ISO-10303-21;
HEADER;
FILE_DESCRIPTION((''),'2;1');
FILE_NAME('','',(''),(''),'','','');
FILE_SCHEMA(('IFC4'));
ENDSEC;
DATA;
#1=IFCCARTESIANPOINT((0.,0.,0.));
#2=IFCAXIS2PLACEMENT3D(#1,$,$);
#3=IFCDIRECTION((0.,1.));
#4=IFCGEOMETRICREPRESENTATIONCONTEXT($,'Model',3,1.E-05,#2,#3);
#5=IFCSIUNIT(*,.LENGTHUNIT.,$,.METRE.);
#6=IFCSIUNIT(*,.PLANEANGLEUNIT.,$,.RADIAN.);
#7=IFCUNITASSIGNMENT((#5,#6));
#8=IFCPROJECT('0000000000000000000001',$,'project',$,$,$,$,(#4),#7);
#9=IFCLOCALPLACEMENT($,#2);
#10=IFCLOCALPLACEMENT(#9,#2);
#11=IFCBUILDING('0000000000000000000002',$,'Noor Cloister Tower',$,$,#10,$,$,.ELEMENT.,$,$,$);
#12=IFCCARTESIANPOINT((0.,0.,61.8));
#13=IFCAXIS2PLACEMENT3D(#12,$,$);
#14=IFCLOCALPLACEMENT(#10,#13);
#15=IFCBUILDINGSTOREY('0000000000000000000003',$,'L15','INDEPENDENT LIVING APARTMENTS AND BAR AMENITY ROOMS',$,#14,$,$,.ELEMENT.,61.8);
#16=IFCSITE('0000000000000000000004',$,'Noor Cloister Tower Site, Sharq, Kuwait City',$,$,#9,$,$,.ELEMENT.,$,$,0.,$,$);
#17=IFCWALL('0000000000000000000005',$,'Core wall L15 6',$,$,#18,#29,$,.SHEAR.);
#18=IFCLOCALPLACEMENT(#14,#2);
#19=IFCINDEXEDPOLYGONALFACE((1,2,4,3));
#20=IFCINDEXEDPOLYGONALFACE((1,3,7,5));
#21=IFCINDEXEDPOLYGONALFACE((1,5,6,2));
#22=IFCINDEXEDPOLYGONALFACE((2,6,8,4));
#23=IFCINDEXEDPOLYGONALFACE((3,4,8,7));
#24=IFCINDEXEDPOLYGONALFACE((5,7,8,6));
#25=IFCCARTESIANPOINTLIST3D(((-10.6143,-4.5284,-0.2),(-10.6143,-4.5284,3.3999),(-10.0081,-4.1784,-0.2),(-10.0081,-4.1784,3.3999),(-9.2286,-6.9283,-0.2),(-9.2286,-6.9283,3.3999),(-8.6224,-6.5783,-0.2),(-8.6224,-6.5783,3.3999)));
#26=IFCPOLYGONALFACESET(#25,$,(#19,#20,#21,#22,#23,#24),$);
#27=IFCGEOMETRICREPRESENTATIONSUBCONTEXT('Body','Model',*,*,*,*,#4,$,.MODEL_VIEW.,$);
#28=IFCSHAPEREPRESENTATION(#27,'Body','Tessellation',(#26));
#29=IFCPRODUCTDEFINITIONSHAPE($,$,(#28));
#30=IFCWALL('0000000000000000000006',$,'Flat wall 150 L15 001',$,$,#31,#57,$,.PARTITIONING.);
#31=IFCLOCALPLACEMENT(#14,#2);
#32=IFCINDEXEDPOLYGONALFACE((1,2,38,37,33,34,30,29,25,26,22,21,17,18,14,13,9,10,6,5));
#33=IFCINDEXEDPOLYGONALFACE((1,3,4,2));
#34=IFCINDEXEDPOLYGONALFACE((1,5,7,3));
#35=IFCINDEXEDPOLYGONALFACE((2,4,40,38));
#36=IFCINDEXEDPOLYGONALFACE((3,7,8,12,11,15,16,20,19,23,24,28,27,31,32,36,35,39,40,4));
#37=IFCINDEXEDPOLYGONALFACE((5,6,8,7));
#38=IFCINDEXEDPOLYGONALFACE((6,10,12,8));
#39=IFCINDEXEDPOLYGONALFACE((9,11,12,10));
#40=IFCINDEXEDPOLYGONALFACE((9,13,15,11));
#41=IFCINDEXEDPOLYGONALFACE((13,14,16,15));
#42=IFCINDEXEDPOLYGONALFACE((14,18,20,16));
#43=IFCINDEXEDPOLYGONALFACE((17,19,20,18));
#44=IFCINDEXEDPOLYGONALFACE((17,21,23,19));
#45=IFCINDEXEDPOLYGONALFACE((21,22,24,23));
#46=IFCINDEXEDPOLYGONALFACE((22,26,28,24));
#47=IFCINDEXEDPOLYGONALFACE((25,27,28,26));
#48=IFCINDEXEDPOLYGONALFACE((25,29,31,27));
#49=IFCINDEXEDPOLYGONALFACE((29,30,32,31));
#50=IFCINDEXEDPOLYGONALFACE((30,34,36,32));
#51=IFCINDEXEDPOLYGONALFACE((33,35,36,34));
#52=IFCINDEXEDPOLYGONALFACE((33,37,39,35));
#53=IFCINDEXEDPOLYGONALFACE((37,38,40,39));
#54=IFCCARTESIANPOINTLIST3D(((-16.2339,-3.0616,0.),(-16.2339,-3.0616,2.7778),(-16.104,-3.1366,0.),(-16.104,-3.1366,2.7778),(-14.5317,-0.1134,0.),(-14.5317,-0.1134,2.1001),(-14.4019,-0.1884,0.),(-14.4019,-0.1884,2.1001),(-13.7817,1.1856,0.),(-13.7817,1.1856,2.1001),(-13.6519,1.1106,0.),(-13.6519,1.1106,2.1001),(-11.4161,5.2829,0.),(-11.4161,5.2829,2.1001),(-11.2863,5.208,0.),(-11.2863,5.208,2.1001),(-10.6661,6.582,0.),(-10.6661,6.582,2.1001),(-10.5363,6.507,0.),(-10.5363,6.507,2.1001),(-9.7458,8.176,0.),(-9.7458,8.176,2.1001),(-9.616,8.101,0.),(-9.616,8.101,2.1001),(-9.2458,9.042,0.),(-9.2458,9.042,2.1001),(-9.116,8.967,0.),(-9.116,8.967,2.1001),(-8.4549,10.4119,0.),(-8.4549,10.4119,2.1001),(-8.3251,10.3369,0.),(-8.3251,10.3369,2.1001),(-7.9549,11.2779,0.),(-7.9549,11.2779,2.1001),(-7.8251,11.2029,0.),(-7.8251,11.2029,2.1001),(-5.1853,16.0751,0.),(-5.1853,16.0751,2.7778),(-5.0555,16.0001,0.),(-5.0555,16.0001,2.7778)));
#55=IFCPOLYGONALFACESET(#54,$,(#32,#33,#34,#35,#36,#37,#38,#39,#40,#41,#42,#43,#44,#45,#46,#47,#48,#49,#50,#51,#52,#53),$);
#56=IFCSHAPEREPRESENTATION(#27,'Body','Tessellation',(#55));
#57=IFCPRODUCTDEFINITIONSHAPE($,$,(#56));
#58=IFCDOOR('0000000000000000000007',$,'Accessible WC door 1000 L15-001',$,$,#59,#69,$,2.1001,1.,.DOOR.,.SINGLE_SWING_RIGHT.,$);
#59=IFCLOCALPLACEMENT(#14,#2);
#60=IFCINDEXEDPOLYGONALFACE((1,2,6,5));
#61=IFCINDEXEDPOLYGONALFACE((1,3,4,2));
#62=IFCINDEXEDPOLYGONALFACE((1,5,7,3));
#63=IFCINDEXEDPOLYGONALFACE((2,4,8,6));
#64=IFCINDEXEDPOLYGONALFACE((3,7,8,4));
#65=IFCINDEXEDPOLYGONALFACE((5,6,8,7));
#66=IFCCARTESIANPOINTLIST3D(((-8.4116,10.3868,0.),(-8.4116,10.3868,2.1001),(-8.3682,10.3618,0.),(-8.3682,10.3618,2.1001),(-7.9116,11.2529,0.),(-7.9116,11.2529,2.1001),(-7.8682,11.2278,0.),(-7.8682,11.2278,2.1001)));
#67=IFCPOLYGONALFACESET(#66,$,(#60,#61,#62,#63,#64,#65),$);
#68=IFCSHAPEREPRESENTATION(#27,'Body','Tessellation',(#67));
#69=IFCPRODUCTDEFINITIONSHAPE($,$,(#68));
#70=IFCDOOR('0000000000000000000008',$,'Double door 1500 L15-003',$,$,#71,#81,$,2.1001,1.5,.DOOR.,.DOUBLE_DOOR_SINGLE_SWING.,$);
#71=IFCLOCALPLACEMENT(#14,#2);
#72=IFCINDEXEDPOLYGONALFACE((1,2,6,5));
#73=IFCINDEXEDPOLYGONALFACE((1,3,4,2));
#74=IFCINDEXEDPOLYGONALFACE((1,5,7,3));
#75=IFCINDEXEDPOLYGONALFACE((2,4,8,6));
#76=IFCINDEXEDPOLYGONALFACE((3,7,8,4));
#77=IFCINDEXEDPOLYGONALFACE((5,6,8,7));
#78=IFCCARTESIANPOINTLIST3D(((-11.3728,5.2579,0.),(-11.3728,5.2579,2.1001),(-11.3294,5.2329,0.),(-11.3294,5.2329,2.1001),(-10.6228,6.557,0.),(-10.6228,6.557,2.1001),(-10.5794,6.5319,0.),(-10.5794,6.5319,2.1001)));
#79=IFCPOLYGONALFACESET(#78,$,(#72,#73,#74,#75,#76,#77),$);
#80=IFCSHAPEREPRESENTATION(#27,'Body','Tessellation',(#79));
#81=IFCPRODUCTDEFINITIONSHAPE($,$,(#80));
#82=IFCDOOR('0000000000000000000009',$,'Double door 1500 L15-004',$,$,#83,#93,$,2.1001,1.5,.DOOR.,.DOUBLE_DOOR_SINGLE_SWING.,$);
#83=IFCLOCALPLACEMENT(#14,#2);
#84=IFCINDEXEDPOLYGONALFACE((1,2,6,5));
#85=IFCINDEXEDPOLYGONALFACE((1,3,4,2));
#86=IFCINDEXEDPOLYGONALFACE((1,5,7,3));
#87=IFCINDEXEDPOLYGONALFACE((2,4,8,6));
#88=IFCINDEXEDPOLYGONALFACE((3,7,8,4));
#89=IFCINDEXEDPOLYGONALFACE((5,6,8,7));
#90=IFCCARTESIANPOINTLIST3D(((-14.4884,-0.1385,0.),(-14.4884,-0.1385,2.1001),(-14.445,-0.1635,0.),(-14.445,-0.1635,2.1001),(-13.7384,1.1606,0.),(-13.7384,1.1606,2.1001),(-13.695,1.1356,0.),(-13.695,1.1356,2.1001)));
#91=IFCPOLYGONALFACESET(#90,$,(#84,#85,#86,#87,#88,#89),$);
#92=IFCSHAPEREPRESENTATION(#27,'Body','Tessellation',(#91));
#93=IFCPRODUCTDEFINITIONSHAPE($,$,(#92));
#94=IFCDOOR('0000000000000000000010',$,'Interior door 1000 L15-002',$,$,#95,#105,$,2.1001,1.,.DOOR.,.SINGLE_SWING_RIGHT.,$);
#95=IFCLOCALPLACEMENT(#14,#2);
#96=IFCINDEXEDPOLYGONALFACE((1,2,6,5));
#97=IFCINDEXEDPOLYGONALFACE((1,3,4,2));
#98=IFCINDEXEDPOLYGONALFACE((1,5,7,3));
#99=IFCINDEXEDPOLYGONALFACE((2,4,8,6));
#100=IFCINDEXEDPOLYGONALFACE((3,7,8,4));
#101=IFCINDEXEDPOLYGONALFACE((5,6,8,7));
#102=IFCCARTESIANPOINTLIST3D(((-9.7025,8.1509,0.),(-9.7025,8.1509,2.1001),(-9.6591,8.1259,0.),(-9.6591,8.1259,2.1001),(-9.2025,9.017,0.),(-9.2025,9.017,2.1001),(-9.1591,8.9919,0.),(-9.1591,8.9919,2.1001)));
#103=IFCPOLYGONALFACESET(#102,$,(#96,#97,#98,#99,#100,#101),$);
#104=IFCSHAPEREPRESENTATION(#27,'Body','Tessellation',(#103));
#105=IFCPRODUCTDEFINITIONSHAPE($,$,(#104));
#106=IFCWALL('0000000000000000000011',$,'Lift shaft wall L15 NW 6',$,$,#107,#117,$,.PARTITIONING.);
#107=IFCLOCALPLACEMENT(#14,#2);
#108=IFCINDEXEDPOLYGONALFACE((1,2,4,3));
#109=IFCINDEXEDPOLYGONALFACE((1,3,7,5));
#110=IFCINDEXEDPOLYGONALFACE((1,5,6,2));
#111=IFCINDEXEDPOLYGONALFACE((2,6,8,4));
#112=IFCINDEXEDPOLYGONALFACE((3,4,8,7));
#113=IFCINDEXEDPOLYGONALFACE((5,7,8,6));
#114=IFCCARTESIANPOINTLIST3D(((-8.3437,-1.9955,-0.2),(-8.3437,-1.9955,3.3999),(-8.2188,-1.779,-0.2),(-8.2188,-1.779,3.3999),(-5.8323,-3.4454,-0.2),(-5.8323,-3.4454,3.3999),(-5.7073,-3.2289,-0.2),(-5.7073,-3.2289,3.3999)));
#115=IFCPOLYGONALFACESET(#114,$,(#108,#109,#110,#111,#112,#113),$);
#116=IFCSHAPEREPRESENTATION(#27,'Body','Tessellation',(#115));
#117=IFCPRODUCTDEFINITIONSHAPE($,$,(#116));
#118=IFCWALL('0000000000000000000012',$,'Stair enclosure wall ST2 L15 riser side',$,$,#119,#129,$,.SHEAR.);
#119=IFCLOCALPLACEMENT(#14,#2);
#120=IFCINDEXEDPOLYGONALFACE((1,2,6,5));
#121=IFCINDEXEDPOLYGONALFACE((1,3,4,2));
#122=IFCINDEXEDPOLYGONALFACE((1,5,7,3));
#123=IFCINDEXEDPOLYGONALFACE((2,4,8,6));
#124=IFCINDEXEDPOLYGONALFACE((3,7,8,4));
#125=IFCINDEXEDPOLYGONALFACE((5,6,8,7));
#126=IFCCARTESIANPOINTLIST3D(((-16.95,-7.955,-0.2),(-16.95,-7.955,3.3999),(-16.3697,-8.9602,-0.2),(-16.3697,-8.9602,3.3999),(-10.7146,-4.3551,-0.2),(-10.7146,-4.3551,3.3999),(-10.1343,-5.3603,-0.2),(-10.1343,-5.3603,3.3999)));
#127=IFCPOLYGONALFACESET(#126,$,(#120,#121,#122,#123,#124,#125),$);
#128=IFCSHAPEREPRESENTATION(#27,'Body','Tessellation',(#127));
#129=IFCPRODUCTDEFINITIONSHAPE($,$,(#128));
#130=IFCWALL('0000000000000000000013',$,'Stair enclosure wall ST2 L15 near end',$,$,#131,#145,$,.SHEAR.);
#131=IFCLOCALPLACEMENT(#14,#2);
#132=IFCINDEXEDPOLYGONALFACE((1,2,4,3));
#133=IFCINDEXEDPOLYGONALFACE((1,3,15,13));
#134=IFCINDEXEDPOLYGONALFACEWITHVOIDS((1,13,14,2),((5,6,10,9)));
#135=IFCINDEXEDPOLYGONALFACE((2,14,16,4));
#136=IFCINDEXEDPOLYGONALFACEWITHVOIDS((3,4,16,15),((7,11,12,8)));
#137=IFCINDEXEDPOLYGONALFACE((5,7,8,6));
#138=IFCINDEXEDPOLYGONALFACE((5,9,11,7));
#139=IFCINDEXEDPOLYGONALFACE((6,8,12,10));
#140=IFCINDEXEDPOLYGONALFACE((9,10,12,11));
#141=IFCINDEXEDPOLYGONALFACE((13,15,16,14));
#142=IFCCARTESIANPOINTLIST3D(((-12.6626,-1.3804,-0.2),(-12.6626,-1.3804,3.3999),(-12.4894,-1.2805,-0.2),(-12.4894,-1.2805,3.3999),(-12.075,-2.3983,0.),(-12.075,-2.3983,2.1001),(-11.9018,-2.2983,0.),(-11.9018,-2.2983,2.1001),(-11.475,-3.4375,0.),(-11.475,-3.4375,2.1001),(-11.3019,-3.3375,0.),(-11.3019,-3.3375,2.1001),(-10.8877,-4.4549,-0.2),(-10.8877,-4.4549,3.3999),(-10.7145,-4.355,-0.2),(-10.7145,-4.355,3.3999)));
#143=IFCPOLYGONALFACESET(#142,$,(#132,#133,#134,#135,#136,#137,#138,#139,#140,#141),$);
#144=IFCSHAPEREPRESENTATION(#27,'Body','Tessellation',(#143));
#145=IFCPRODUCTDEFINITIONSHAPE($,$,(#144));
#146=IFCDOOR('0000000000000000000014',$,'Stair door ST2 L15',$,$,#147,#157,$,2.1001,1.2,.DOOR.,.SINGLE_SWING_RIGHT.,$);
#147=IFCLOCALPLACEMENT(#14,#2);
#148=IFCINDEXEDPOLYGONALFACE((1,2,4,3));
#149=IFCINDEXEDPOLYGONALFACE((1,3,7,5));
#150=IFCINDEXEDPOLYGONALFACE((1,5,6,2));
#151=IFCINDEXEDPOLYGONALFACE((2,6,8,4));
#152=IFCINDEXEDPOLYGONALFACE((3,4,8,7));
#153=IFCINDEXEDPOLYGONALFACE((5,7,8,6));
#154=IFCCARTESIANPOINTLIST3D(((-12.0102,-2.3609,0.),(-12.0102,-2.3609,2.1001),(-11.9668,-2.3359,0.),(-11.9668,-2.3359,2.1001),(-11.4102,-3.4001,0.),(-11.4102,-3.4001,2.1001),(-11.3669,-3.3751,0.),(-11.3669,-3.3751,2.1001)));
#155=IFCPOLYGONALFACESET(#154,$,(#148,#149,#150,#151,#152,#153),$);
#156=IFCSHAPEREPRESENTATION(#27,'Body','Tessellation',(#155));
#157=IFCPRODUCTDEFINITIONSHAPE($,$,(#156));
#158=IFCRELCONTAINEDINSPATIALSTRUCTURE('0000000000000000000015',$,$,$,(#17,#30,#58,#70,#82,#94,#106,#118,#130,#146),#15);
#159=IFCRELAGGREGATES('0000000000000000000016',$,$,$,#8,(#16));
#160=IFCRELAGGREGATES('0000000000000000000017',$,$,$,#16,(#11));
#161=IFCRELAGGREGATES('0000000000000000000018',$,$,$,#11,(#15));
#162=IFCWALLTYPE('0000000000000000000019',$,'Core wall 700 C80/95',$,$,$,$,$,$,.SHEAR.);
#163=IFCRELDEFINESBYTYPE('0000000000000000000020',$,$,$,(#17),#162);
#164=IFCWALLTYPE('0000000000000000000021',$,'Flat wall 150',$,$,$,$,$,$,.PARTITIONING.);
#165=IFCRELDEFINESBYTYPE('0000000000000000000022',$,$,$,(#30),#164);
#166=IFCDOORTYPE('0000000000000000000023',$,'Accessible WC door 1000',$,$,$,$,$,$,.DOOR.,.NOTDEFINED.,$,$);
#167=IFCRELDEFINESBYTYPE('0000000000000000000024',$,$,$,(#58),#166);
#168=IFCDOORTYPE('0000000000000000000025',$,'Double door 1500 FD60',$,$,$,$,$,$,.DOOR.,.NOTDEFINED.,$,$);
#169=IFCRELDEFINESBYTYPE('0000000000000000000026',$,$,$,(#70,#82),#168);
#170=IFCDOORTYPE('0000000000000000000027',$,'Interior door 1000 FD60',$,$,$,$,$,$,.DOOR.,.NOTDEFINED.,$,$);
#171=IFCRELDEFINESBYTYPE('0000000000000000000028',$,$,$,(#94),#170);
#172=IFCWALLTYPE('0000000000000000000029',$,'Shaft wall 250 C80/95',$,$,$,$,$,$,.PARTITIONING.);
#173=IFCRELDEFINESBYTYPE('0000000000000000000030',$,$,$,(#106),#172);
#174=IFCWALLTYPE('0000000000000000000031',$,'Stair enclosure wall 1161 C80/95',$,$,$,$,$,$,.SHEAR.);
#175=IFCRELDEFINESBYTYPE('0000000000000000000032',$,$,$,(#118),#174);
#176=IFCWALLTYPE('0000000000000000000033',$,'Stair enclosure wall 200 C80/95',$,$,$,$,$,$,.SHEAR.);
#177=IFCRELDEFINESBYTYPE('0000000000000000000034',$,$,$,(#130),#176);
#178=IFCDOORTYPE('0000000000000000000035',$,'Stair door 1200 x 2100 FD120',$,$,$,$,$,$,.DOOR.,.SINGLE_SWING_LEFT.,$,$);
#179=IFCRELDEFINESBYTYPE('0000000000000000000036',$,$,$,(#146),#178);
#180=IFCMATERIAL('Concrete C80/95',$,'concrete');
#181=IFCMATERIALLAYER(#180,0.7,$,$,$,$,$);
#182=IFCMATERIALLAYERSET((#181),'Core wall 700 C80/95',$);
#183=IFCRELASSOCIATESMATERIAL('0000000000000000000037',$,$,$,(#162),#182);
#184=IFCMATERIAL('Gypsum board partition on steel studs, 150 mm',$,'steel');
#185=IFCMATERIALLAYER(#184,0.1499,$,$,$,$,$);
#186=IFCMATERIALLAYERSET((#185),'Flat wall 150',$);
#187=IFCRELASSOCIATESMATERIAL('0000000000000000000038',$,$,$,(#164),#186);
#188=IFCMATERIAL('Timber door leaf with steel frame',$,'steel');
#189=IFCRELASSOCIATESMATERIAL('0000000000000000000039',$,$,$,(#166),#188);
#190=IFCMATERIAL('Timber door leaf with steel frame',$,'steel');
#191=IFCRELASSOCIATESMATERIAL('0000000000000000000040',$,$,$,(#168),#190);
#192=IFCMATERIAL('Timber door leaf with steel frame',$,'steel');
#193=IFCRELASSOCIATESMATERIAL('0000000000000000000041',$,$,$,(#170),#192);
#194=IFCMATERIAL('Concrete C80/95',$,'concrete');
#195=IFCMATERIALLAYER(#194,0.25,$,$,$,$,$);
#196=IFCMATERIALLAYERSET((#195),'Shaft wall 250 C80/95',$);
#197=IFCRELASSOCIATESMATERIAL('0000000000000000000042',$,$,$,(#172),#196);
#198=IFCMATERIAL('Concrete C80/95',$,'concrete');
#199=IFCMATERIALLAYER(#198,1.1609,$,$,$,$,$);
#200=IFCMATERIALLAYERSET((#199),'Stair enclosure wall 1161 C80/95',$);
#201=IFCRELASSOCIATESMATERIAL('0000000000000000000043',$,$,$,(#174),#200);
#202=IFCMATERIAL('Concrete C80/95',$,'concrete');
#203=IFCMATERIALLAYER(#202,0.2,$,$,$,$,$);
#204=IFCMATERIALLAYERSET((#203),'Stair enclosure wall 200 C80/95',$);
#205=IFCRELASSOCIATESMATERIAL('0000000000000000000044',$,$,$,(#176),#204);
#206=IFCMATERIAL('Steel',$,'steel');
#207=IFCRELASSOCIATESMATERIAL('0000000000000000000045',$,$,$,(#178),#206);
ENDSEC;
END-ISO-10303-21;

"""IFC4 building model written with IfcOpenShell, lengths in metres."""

from ifc_helpers import new_model, si_unit, direction, frame, frame_2d, origin, place, context, subcontext, project, spatial, rectangle, extrude, material, layer, layer_set, type_object, element, fill, save


model = new_model("IFC4")

# Units and contexts
model_context = context("Model", 3, precision=1e-05, world=origin(), true_north=direction((0.0, 1.0)))
body_context = subcontext(model_context, "Body", "Model", "MODEL_VIEW")
ifc_project = project(units=[si_unit("LENGTHUNIT", "METRE"), si_unit("PLANEANGLEUNIT", "RADIAN")], contexts=[model_context])

# Site, building, storey
site_placement = place(None, origin())
site = spatial("IfcSite", under=ifc_project, at=site_placement, Name="Noor Cloister Tower Site, Sharq, Kuwait City", CompositionType="ELEMENT", RefElevation=0.0)
building_placement = place(site_placement, origin())
building = spatial("IfcBuilding", under=site, at=building_placement, Name="Noor Cloister Tower", CompositionType="ELEMENT")
storey_placement = place(building_placement, frame((0.0, 0.0, 61.8)))
storey = spatial("IfcBuildingStorey", under=building, at=storey_placement, Name="L15", Description="INDEPENDENT LIVING APARTMENTS AND BAR AMENITY ROOMS", CompositionType="ELEMENT", Elevation=61.8)

# Wall
ifc_material_1 = material(Name="Concrete C80/95", Category="concrete")
ifc_layer_1 = layer(ifc_material_1, 0.7)
ifc_layer_set_1 = layer_set([ifc_layer_1], Name="Core wall 700 C80/95")
wall_type_1 = type_object("IfcWallType", Name="Core wall 700 C80/95", PredefinedType="SHEAR", material=ifc_layer_set_1)
wall_1_placement = place(storey_placement, frame((-10.3113, -4.3533, -0.2), z_axis=(0.0, 0.0, 1.0), x_axis=(0.500043, -0.866001, 0.0)))
element("IfcWall", 1, at=wall_1_placement, inside=storey, type_object=wall_type_1, Name="Core wall L15 6", PredefinedType="SHEAR", context=body_context, shape_type="SweptSolid", body=[
    extrude(rectangle(XDim=2.7712, YDim=0.7, at=frame_2d((1.3857, 0.0))), origin(), (0.0, 0.0, 1.0), 3.5999),
])

# Wall, openings, doors
ifc_material_2 = material(Name="Gypsum board partition on steel studs, 150 mm", Category="steel")
ifc_layer_2 = layer(ifc_material_2, 0.1499)
ifc_layer_set_2 = layer_set([ifc_layer_2], Name="Flat wall 150")
wall_type_2 = type_object("IfcWallType", Name="Flat wall 150", PredefinedType="PARTITIONING", material=ifc_layer_set_2)
wall_2_placement = place(storey_placement, frame((-16.1689, -3.0991, 0.0), z_axis=(0.0, 0.0, 1.0), x_axis=(0.5, 0.866026, 0.0)))
wall_2 = element("IfcWall", 2, at=wall_2_placement, inside=storey, type_object=wall_type_2, Name="Flat wall 150 L15 001", PredefinedType="PARTITIONING", context=body_context, shape_type="SweptSolid", body=[
    extrude(rectangle(XDim=22.0972, YDim=0.1499, at=frame_2d((11.0486, 0.0))), origin(), (0.0, 0.0, 1.0), 2.7778),
])
opening_1_placement = place(wall_2_placement, frame((15.5579, 0.0, 0.0)))
opening_1 = element("IfcOpeningElement", 3, at=opening_1_placement, cuts=wall_2, PredefinedType="OPENING", context=body_context, shape_type="SweptSolid", body=[
    extrude(rectangle(XDim=1.0, YDim=2.1001, at=frame_2d((0.5, 1.05))), frame((0.0, 0.085, 0.0), z_axis=(0.0, -1.0, 0.0), x_axis=(1.0, 0.0, 0.0)), (0.0, 0.0, 1.0), 0.1699),
])
opening_2_placement = place(wall_2_placement, frame((12.9761, 0.0, 0.0)))
opening_2 = element("IfcOpeningElement", 4, at=opening_2_placement, cuts=wall_2, PredefinedType="OPENING", context=body_context, shape_type="SweptSolid", body=[
    extrude(rectangle(XDim=1.0, YDim=2.1001, at=frame_2d((0.5, 1.05))), frame((0.0, 0.085, 0.0), z_axis=(0.0, -1.0, 0.0), x_axis=(1.0, 0.0, 0.0)), (0.0, 0.0, 1.0), 0.1699),
])
opening_3_placement = place(wall_2_placement, frame((9.6355, 0.0, 0.0)))
opening_3 = element("IfcOpeningElement", 5, at=opening_3_placement, cuts=wall_2, PredefinedType="OPENING", context=body_context, shape_type="SweptSolid", body=[
    extrude(rectangle(XDim=1.5, YDim=2.1001, at=frame_2d((0.75, 1.05))), frame((0.0, 0.085, 0.0), z_axis=(0.0, -1.0, 0.0), x_axis=(1.0, 0.0, 0.0)), (0.0, 0.0, 1.0), 0.1699),
])
opening_4_placement = place(wall_2_placement, frame((3.4043, 0.0, 0.0)))
opening_4 = element("IfcOpeningElement", 6, at=opening_4_placement, cuts=wall_2, PredefinedType="OPENING", context=body_context, shape_type="SweptSolid", body=[
    extrude(rectangle(XDim=1.5, YDim=2.1001, at=frame_2d((0.75, 1.05))), frame((0.0, 0.085, 0.0), z_axis=(0.0, -1.0, 0.0), x_axis=(1.0, 0.0, 0.0)), (0.0, 0.0, 1.0), 0.1699),
])
ifc_material_3 = material(Name="Timber door leaf with steel frame", Category="steel")
door_type_1 = type_object("IfcDoorType", Name="Accessible WC door 1000", OperationType="NOTDEFINED", PredefinedType="DOOR", material=ifc_material_3)
door_1_placement = place(opening_1_placement, origin())
door_1 = element("IfcDoor", 7, at=door_1_placement, inside=storey, type_object=door_type_1, Name="Accessible WC door 1000 L15-001", OperationType="SINGLE_SWING_RIGHT", OverallHeight=2.1001, OverallWidth=1.0, PredefinedType="DOOR", context=body_context, shape_type="SweptSolid", body=[
    extrude(rectangle(XDim=1.0, YDim=2.1001, at=frame_2d((0.5, 1.05))), frame((0.0, 0.0249, 0.0), z_axis=(0.0, -1.0, 0.0), x_axis=(1.0, 0.0, 0.0)), (0.0, 0.0, 1.0), 0.05),
])
fill(opening_1, door_1)
ifc_material_4 = material(Name="Timber door leaf with steel frame", Category="steel")
door_type_2 = type_object("IfcDoorType", Name="Double door 1500 FD60", OperationType="NOTDEFINED", PredefinedType="DOOR", material=ifc_material_4)
door_2_placement = place(opening_3_placement, origin())
door_2 = element("IfcDoor", 8, at=door_2_placement, inside=storey, type_object=door_type_2, Name="Double door 1500 L15-003", OperationType="DOUBLE_DOOR_SINGLE_SWING", OverallHeight=2.1001, OverallWidth=1.5, PredefinedType="DOOR", context=body_context, shape_type="SweptSolid", body=[
    extrude(rectangle(XDim=1.5, YDim=2.1001, at=frame_2d((0.75, 1.05))), frame((0.0, 0.0249, 0.0), z_axis=(0.0, -1.0, 0.0), x_axis=(1.0, 0.0, 0.0)), (0.0, 0.0, 1.0), 0.05),
])
fill(opening_3, door_2)
door_3_placement = place(opening_4_placement, origin())
door_3 = element("IfcDoor", 9, at=door_3_placement, inside=storey, type_object=door_type_2, Name="Double door 1500 L15-004", OperationType="DOUBLE_DOOR_SINGLE_SWING", OverallHeight=2.1001, OverallWidth=1.5, PredefinedType="DOOR", context=body_context, shape_type="SweptSolid", body=[
    extrude(rectangle(XDim=1.5, YDim=2.1001, at=frame_2d((0.75, 1.05))), frame((0.0, 0.0249, 0.0), z_axis=(0.0, -1.0, 0.0), x_axis=(1.0, 0.0, 0.0)), (0.0, 0.0, 1.0), 0.05),
])
fill(opening_4, door_3)
ifc_material_5 = material(Name="Timber door leaf with steel frame", Category="steel")
door_type_3 = type_object("IfcDoorType", Name="Interior door 1000 FD60", OperationType="NOTDEFINED", PredefinedType="DOOR", material=ifc_material_5)
door_4_placement = place(opening_2_placement, origin())
door_4 = element("IfcDoor", 10, at=door_4_placement, inside=storey, type_object=door_type_3, Name="Interior door 1000 L15-002", OperationType="SINGLE_SWING_RIGHT", OverallHeight=2.1001, OverallWidth=1.0, PredefinedType="DOOR", context=body_context, shape_type="SweptSolid", body=[
    extrude(rectangle(XDim=1.0, YDim=2.1001, at=frame_2d((0.5, 1.05))), frame((0.0, 0.0249, 0.0), z_axis=(0.0, -1.0, 0.0), x_axis=(1.0, 0.0, 0.0)), (0.0, 0.0, 1.0), 0.05),
])
fill(opening_2, door_4)

# Walls
ifc_material_6 = material(Name="Concrete C80/95", Category="concrete")
ifc_layer_3 = layer(ifc_material_6, 0.25)
ifc_layer_set_3 = layer_set([ifc_layer_3], Name="Shaft wall 250 C80/95")
wall_type_3 = type_object("IfcWallType", Name="Shaft wall 250 C80/95", PredefinedType="PARTITIONING", material=ifc_layer_set_3)
wall_3_placement = place(storey_placement, frame((-8.2812, -1.8872, -0.2), z_axis=(0.0, 0.0, 1.0), x_axis=(0.866033, -0.499987, 0.0)))
element("IfcWall", 11, at=wall_3_placement, inside=storey, type_object=wall_type_3, Name="Lift shaft wall L15 NW 6", PredefinedType="PARTITIONING", context=body_context, shape_type="SweptSolid", body=[
    extrude(rectangle(XDim=2.8999, YDim=0.25, at=frame_2d((1.45, 0.0))), origin(), (0.0, 0.0, 1.0), 3.5999),
])
ifc_material_7 = material(Name="Concrete C80/95", Category="concrete")
ifc_layer_4 = layer(ifc_material_7, 1.1609)
ifc_layer_set_4 = layer_set([ifc_layer_4], Name="Stair enclosure wall 1161 C80/95")
wall_type_4 = type_object("IfcWallType", Name="Stair enclosure wall 1161 C80/95", PredefinedType="SHEAR", material=ifc_layer_set_4)
wall_4_placement = place(storey_placement, frame((-10.4243, -4.8577, -0.2), z_axis=(0.0, 0.0, 1.0), x_axis=(-0.866033, -0.499987, 0.0)))
element("IfcWall", 12, at=wall_4_placement, inside=storey, type_object=wall_type_4, Name="Stair enclosure wall ST2 L15 riser side", PredefinedType="SHEAR", context=body_context, shape_type="SweptSolid", body=[
    extrude(rectangle(XDim=7.2, YDim=1.1606, at=frame_2d((3.6001, 0.0))), origin(), (0.0, 0.0, 1.0), 3.5999),
])

# Wall, opening, door
ifc_material_8 = material(Name="Concrete C80/95", Category="concrete")
ifc_layer_5 = layer(ifc_material_8, 0.2)
ifc_layer_set_5 = layer_set([ifc_layer_5], Name="Stair enclosure wall 200 C80/95")
wall_type_5 = type_object("IfcWallType", Name="Stair enclosure wall 200 C80/95", PredefinedType="SHEAR", material=ifc_layer_set_5)
wall_5_placement = place(storey_placement, frame((-12.5759, -1.3306, -0.2), z_axis=(0.0, 0.0, 1.0), x_axis=(0.49997, -0.866042, 0.0)))
wall_5 = element("IfcWall", 13, at=wall_5_placement, inside=storey, type_object=wall_type_5, Name="Stair enclosure wall ST2 L15 near end", PredefinedType="SHEAR", context=body_context, shape_type="SweptSolid", body=[
    extrude(rectangle(XDim=3.55, YDim=0.2, at=frame_2d((1.7749, 0.0))), origin(), (0.0, 0.0, 1.0), 3.5999),
])
opening_5_placement = place(wall_5_placement, frame((1.175, 0.0, 0.2)))
opening_5 = element("IfcOpeningElement", 14, at=opening_5_placement, cuts=wall_5, PredefinedType="OPENING", context=body_context, shape_type="SweptSolid", body=[
    extrude(rectangle(XDim=1.2, YDim=2.1001, at=frame_2d((0.6001, 1.05))), frame((0.0, 0.1099, 0.0), z_axis=(0.0, -1.0, 0.0), x_axis=(1.0, 0.0, 0.0)), (0.0, 0.0, 1.0), 0.22),
])
ifc_material_9 = material(Name="Steel", Category="steel")
door_type_4 = type_object("IfcDoorType", Name="Stair door 1200 x 2100 FD120", OperationType="SINGLE_SWING_LEFT", PredefinedType="DOOR", material=ifc_material_9)
door_5_placement = place(opening_5_placement, origin())
door_5 = element("IfcDoor", 15, at=door_5_placement, inside=storey, type_object=door_type_4, Name="Stair door ST2 L15", OperationType="SINGLE_SWING_RIGHT", OverallHeight=2.1001, OverallWidth=1.2, PredefinedType="DOOR", context=body_context, shape_type="SweptSolid", body=[
    extrude(rectangle(XDim=1.2, YDim=2.1001, at=frame_2d((0.6001, 1.05))), frame((0.0, 0.0249, 0.0), z_axis=(0.0, -1.0, 0.0), x_axis=(1.0, 0.0, 0.0)), (0.0, 0.0, 1.0), 0.05),
])
fill(opening_5, door_5)

save(model, "model.ifc")
